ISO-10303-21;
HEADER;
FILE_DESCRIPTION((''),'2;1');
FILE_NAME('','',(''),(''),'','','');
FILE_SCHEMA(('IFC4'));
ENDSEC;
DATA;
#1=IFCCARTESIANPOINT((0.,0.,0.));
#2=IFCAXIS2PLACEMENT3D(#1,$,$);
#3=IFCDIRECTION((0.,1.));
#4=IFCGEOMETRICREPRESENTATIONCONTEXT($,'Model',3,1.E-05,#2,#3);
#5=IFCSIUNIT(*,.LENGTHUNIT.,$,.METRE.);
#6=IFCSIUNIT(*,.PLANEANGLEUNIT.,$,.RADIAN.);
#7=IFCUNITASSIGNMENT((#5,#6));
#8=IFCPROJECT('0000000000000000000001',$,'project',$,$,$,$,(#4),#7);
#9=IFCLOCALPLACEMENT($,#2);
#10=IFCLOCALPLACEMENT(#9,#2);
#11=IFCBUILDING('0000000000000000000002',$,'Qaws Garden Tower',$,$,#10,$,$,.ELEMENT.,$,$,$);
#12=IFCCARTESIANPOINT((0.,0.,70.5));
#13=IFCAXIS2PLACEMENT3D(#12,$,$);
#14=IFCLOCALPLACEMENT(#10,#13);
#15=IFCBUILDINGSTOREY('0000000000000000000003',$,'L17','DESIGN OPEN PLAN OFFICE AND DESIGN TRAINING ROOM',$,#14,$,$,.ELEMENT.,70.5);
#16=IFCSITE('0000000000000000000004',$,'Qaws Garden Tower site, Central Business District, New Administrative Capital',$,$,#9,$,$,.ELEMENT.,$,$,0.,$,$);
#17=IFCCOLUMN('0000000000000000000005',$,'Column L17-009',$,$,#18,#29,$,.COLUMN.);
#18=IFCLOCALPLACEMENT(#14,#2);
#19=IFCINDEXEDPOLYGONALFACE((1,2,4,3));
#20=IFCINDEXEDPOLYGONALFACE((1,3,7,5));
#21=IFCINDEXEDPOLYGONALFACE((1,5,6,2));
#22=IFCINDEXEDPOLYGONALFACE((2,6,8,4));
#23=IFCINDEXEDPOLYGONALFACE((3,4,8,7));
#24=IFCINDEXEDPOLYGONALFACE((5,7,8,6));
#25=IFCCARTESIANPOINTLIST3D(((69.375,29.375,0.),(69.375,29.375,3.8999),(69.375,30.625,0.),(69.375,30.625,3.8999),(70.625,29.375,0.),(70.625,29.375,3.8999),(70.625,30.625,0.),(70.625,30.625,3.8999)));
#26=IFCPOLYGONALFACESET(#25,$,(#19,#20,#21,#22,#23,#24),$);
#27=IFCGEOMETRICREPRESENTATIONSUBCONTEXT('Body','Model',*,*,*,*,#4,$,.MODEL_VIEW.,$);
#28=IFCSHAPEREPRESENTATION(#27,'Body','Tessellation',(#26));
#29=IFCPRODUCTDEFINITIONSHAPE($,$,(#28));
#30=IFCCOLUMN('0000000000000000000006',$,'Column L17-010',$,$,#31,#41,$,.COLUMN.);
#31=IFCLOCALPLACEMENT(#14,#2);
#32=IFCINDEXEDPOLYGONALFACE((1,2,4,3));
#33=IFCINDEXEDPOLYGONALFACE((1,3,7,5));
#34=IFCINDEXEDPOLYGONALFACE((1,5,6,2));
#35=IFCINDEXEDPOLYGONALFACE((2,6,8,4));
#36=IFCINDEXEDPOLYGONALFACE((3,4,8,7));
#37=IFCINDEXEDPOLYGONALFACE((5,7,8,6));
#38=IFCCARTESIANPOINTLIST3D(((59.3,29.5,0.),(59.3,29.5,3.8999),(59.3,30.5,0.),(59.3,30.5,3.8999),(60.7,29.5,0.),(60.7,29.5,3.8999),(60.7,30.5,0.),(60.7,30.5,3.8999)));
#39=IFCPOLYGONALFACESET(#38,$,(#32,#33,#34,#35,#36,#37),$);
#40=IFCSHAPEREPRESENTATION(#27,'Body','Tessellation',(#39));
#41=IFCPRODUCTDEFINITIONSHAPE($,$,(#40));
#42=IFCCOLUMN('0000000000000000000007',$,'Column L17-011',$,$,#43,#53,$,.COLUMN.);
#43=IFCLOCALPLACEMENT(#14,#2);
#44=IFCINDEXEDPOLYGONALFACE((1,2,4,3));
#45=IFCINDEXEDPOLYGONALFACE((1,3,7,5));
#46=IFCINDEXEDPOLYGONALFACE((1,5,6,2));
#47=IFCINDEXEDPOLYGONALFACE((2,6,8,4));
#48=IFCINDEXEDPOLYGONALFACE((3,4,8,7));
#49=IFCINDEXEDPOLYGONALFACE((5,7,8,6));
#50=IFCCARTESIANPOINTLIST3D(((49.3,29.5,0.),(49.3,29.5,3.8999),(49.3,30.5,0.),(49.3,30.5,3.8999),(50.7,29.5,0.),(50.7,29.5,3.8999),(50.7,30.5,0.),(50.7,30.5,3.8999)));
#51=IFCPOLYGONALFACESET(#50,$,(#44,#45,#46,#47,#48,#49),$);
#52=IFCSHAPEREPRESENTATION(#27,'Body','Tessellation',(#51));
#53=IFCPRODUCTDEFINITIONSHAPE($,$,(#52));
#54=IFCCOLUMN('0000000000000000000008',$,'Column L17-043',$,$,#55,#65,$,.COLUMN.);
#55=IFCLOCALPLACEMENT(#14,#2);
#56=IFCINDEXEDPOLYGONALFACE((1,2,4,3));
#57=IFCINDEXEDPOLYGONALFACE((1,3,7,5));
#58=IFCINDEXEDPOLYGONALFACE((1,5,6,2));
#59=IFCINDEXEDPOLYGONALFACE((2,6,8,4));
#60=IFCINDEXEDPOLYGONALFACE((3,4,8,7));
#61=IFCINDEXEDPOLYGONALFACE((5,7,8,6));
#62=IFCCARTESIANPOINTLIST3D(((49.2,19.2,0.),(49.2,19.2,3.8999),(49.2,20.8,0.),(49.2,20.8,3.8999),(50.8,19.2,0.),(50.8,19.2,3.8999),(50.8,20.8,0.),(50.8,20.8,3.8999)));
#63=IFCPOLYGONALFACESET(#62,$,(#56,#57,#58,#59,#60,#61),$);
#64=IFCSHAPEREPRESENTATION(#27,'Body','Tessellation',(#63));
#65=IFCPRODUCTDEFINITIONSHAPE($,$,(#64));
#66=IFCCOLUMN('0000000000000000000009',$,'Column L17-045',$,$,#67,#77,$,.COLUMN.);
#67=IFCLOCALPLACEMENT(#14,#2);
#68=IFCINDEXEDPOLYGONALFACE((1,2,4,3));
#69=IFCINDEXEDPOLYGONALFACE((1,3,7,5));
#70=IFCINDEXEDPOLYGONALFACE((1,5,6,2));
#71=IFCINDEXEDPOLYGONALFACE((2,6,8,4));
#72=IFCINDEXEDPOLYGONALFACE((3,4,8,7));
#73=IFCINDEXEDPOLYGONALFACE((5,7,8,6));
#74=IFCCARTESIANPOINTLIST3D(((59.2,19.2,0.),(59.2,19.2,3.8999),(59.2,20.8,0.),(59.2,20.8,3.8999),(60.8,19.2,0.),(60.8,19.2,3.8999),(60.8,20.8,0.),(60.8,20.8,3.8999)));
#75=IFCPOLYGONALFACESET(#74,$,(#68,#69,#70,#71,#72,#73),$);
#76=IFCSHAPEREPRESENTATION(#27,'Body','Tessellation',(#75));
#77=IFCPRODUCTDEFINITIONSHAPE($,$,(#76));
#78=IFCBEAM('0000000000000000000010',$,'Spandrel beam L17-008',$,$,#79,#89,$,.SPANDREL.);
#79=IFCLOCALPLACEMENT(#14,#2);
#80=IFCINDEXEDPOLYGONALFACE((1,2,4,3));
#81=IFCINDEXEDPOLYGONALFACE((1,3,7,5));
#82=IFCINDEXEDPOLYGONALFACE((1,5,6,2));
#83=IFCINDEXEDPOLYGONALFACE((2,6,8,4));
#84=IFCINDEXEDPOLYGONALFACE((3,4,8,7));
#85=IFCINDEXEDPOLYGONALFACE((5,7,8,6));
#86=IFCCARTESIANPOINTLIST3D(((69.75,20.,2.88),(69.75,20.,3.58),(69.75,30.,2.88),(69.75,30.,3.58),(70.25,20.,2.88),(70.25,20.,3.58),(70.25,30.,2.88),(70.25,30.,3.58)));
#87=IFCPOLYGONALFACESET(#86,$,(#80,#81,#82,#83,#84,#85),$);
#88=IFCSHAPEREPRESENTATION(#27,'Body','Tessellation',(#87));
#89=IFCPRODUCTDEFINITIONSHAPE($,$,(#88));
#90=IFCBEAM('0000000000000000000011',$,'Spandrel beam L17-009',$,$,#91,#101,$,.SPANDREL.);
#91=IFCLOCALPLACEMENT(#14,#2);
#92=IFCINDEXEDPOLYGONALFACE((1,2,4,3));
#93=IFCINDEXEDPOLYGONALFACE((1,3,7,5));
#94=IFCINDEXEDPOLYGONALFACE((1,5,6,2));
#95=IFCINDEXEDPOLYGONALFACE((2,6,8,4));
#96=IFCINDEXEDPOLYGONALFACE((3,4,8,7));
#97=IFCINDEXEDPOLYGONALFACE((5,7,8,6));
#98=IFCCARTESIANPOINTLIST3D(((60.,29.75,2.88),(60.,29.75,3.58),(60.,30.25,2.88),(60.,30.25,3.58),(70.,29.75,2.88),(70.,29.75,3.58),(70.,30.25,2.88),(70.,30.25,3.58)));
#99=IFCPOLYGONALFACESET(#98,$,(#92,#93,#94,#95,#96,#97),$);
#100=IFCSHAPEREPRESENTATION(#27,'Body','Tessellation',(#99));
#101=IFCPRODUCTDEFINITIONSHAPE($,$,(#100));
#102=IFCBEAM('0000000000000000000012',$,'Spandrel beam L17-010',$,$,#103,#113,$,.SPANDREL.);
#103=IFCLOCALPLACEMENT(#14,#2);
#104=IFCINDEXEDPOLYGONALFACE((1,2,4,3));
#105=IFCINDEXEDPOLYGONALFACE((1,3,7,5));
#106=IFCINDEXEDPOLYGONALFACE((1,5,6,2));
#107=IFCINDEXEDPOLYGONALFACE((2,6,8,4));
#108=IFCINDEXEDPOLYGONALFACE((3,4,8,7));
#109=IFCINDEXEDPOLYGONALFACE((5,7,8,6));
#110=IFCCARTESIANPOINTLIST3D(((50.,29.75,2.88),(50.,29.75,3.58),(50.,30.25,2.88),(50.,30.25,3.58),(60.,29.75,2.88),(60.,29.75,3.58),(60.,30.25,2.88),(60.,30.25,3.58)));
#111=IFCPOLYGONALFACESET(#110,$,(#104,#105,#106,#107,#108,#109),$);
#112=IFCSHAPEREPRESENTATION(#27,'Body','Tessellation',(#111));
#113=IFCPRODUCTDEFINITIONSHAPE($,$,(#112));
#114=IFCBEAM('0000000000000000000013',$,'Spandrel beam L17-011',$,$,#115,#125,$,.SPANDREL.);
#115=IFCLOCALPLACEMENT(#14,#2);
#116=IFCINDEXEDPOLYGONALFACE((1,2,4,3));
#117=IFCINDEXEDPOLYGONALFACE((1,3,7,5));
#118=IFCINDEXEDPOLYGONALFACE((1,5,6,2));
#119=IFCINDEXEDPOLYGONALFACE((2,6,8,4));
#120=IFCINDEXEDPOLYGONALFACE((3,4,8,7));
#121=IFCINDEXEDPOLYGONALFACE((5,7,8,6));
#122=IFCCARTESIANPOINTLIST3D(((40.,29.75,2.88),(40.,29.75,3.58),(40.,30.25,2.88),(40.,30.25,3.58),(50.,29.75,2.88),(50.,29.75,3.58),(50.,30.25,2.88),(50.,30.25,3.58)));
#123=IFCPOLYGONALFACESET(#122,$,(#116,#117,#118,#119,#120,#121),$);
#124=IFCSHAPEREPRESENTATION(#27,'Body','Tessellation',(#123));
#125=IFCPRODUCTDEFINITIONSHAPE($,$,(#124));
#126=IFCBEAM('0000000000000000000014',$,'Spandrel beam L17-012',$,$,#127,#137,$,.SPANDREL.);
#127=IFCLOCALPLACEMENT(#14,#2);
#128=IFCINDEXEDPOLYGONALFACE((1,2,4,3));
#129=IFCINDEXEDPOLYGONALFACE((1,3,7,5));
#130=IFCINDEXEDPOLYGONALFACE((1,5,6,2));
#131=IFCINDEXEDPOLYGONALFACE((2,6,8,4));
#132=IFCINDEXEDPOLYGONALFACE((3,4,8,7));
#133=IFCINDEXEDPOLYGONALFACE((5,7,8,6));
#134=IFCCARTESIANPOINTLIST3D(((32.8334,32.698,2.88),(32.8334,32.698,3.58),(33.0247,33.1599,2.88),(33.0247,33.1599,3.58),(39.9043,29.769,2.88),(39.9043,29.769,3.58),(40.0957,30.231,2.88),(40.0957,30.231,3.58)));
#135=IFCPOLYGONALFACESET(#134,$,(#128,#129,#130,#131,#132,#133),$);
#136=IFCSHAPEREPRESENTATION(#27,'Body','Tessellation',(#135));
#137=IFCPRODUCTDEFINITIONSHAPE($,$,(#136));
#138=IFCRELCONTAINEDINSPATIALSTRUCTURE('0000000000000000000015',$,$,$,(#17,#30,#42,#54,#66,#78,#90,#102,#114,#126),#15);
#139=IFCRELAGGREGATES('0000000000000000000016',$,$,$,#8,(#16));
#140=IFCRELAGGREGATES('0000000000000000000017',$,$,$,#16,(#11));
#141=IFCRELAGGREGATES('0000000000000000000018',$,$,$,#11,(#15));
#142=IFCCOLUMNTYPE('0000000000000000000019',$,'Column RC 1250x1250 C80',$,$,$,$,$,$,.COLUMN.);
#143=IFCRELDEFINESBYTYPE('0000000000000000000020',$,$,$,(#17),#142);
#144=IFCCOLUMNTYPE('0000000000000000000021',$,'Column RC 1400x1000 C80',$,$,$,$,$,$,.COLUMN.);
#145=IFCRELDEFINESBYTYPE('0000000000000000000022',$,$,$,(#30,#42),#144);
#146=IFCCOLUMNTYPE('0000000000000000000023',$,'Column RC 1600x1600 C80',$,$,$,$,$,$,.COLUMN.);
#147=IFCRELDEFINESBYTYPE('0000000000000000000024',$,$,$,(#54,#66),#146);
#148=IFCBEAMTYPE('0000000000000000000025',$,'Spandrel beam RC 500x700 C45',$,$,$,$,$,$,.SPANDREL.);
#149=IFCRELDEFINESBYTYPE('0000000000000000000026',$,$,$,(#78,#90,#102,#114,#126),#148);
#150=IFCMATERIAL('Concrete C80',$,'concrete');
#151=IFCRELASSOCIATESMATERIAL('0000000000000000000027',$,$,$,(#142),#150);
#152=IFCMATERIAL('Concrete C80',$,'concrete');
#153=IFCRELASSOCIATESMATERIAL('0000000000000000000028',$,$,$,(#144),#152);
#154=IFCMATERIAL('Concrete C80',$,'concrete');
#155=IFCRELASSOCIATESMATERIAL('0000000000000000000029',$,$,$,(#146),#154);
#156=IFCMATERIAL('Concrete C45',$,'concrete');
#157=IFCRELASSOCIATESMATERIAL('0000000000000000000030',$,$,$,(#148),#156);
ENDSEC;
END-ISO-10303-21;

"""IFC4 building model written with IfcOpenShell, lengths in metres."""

from ifc_helpers import new_model, si_unit, direction, frame, origin, origin_2d, place, context, subcontext, project, spatial, rectangle, extrude, material, material_profile, profile_set, type_object, element, save


model = new_model("IFC4")

# Units and contexts
model_context = context("Model", 3, precision=1e-05, world=origin(), true_north=direction((0.0, 1.0)))
body_context = subcontext(model_context, "Body", "Model", "MODEL_VIEW")
ifc_project = project(units=[si_unit("LENGTHUNIT", "METRE"), si_unit("PLANEANGLEUNIT", "RADIAN")], contexts=[model_context])

# Site, building, storey
site_placement = place(None, origin())
site = spatial("IfcSite", under=ifc_project, at=site_placement, Name="Qaws Garden Tower site, Central Business District, New Administrative Capital", CompositionType="ELEMENT", RefElevation=0.0)
building_placement = place(site_placement, origin())
building = spatial("IfcBuilding", under=site, at=building_placement, Name="Qaws Garden Tower", CompositionType="ELEMENT")
storey_placement = place(building_placement, frame((0.0, 0.0, 70.5)))
storey = spatial("IfcBuildingStorey", under=building, at=storey_placement, Name="L17", Description="DESIGN OPEN PLAN OFFICE AND DESIGN TRAINING ROOM", CompositionType="ELEMENT", Elevation=70.5)

# Columns
ifc_material_1 = material(Name="Concrete C80", Category="concrete")
ifc_material_profile_1 = material_profile(ifc_material_1, rectangle(XDim=1.25, YDim=1.25, at=origin_2d()), Name="RC 1250x1250")
ifc_profile_set_1 = profile_set([ifc_material_profile_1], Name="Concrete C80")
column_type_1 = type_object("IfcColumnType", Name="Column RC 1250x1250 C80", PredefinedType="COLUMN", material=ifc_profile_set_1)
column_placement = place(storey_placement, frame((70.0, 30.0, 0.0), z_axis=(0.0, 0.0, 1.0), x_axis=(1.0, 0.0, 0.0)))
element("IfcColumn", 1, at=column_placement, inside=storey, type_object=column_type_1, Name="Column L17-009", PredefinedType="COLUMN", context=body_context, shape_type="SweptSolid", body=[
    extrude(rectangle(XDim=1.25, YDim=1.25, at=origin_2d()), origin(), (0.0, 0.0, 1.0), 3.8999),
])
ifc_material_2 = material(Name="Concrete C80", Category="concrete")
ifc_material_profile_2 = material_profile(ifc_material_2, rectangle(XDim=1.3999, YDim=1.0, at=origin_2d()), Name="RC 1400x1000")
ifc_profile_set_2 = profile_set([ifc_material_profile_2], Name="Concrete C80")
column_type_2 = type_object("IfcColumnType", Name="Column RC 1400x1000 C80", PredefinedType="COLUMN", material=ifc_profile_set_2)
for number, where, z_axis, x_axis, name in (
    (2, (60.0, 30.0, 0.0), (0.0, 0.0, 1.0), (1.0, 0.0, 0.0), "Column L17-010"),
    (3, (50.0, 30.0, 0.0), (0.0, 0.0, 1.0), (1.0, 0.0, 0.0), "Column L17-011"),
):
    element("IfcColumn", number, at=place(storey_placement, frame(where, z_axis=z_axis, x_axis=x_axis)), inside=storey, type_object=column_type_2, Name=name, PredefinedType="COLUMN", context=body_context, shape_type="SweptSolid", body=[
        extrude(rectangle(XDim=1.3999, YDim=1.0, at=origin_2d()), origin(), (0.0, 0.0, 1.0), 3.8999),
    ])
ifc_material_3 = material(Name="Concrete C80", Category="concrete")
ifc_material_profile_3 = material_profile(ifc_material_3, rectangle(XDim=1.6001, YDim=1.6001, at=origin_2d()), Name="RC 1600x1600")
ifc_profile_set_3 = profile_set([ifc_material_profile_3], Name="Concrete C80")
column_type_3 = type_object("IfcColumnType", Name="Column RC 1600x1600 C80", PredefinedType="COLUMN", material=ifc_profile_set_3)
for number, where, z_axis, x_axis, name in (
    (4, (50.0, 20.0, 0.0), (0.0, 0.0, 1.0), (1.0, 0.0, 0.0), "Column L17-043"),
    (5, (60.0, 20.0, 0.0), (0.0, 0.0, 1.0), (1.0, 0.0, 0.0), "Column L17-045"),
):
    element("IfcColumn", number, at=place(storey_placement, frame(where, z_axis=z_axis, x_axis=x_axis)), inside=storey, type_object=column_type_3, Name=name, PredefinedType="COLUMN", context=body_context, shape_type="SweptSolid", body=[
        extrude(rectangle(XDim=1.6001, YDim=1.6001, at=origin_2d()), origin(), (0.0, 0.0, 1.0), 3.8999),
    ])

# Beams
ifc_material_4 = material(Name="Concrete C45", Category="concrete")
ifc_material_profile_4 = material_profile(ifc_material_4, rectangle(XDim=0.5, YDim=0.7, at=origin_2d()), Name="RC 500x700")
ifc_profile_set_4 = profile_set([ifc_material_profile_4], Name="Concrete C45")
beam_type = type_object("IfcBeamType", Name="Spandrel beam RC 500x700 C45", PredefinedType="SPANDREL", material=ifc_profile_set_4)
for number, where, z_axis, x_axis, name in (
    (6, (70.0, 20.0, 3.23), (0.0, 1.0, 0.0), (-1.0, 0.0, 0.0), "Spandrel beam L17-008"),
    (7, (70.0, 30.0, 3.23), (-1.0, 0.0, 0.0), (0.0, -1.0, 0.0), "Spandrel beam L17-009"),
    (8, (60.0, 30.0, 3.23), (-1.0, 0.0, 0.0), (0.0, -1.0, 0.0), "Spandrel beam L17-010"),
    (9, (50.0, 30.0, 3.23), (-1.0, 0.0, 0.0), (0.0, -1.0, 0.0), "Spandrel beam L17-011"),
):
    element("IfcBeam", number, at=place(storey_placement, frame(where, z_axis=z_axis, x_axis=x_axis)), inside=storey, type_object=beam_type, Name=name, PredefinedType="SPANDREL", context=body_context, shape_type="SweptSolid", body=[
        extrude(rectangle(XDim=0.5, YDim=0.7, at=origin_2d()), origin(), (0.0, 0.0, 1.0), 10.0),
    ])
beam_placement = place(storey_placement, frame((40.0, 30.0, 3.23), z_axis=(-0.923878, 0.382687, 0.0), x_axis=(-0.382687, -0.923878, 0.0)))
element("IfcBeam", 10, at=beam_placement, inside=storey, type_object=beam_type, Name="Spandrel beam L17-012", PredefinedType="SPANDREL", context=body_context, shape_type="SweptSolid", body=[
    extrude(rectangle(XDim=0.5, YDim=0.7, at=origin_2d()), origin(), (0.0, 0.0, 1.0), 7.6536),
])

save(model, "model.ifc")
